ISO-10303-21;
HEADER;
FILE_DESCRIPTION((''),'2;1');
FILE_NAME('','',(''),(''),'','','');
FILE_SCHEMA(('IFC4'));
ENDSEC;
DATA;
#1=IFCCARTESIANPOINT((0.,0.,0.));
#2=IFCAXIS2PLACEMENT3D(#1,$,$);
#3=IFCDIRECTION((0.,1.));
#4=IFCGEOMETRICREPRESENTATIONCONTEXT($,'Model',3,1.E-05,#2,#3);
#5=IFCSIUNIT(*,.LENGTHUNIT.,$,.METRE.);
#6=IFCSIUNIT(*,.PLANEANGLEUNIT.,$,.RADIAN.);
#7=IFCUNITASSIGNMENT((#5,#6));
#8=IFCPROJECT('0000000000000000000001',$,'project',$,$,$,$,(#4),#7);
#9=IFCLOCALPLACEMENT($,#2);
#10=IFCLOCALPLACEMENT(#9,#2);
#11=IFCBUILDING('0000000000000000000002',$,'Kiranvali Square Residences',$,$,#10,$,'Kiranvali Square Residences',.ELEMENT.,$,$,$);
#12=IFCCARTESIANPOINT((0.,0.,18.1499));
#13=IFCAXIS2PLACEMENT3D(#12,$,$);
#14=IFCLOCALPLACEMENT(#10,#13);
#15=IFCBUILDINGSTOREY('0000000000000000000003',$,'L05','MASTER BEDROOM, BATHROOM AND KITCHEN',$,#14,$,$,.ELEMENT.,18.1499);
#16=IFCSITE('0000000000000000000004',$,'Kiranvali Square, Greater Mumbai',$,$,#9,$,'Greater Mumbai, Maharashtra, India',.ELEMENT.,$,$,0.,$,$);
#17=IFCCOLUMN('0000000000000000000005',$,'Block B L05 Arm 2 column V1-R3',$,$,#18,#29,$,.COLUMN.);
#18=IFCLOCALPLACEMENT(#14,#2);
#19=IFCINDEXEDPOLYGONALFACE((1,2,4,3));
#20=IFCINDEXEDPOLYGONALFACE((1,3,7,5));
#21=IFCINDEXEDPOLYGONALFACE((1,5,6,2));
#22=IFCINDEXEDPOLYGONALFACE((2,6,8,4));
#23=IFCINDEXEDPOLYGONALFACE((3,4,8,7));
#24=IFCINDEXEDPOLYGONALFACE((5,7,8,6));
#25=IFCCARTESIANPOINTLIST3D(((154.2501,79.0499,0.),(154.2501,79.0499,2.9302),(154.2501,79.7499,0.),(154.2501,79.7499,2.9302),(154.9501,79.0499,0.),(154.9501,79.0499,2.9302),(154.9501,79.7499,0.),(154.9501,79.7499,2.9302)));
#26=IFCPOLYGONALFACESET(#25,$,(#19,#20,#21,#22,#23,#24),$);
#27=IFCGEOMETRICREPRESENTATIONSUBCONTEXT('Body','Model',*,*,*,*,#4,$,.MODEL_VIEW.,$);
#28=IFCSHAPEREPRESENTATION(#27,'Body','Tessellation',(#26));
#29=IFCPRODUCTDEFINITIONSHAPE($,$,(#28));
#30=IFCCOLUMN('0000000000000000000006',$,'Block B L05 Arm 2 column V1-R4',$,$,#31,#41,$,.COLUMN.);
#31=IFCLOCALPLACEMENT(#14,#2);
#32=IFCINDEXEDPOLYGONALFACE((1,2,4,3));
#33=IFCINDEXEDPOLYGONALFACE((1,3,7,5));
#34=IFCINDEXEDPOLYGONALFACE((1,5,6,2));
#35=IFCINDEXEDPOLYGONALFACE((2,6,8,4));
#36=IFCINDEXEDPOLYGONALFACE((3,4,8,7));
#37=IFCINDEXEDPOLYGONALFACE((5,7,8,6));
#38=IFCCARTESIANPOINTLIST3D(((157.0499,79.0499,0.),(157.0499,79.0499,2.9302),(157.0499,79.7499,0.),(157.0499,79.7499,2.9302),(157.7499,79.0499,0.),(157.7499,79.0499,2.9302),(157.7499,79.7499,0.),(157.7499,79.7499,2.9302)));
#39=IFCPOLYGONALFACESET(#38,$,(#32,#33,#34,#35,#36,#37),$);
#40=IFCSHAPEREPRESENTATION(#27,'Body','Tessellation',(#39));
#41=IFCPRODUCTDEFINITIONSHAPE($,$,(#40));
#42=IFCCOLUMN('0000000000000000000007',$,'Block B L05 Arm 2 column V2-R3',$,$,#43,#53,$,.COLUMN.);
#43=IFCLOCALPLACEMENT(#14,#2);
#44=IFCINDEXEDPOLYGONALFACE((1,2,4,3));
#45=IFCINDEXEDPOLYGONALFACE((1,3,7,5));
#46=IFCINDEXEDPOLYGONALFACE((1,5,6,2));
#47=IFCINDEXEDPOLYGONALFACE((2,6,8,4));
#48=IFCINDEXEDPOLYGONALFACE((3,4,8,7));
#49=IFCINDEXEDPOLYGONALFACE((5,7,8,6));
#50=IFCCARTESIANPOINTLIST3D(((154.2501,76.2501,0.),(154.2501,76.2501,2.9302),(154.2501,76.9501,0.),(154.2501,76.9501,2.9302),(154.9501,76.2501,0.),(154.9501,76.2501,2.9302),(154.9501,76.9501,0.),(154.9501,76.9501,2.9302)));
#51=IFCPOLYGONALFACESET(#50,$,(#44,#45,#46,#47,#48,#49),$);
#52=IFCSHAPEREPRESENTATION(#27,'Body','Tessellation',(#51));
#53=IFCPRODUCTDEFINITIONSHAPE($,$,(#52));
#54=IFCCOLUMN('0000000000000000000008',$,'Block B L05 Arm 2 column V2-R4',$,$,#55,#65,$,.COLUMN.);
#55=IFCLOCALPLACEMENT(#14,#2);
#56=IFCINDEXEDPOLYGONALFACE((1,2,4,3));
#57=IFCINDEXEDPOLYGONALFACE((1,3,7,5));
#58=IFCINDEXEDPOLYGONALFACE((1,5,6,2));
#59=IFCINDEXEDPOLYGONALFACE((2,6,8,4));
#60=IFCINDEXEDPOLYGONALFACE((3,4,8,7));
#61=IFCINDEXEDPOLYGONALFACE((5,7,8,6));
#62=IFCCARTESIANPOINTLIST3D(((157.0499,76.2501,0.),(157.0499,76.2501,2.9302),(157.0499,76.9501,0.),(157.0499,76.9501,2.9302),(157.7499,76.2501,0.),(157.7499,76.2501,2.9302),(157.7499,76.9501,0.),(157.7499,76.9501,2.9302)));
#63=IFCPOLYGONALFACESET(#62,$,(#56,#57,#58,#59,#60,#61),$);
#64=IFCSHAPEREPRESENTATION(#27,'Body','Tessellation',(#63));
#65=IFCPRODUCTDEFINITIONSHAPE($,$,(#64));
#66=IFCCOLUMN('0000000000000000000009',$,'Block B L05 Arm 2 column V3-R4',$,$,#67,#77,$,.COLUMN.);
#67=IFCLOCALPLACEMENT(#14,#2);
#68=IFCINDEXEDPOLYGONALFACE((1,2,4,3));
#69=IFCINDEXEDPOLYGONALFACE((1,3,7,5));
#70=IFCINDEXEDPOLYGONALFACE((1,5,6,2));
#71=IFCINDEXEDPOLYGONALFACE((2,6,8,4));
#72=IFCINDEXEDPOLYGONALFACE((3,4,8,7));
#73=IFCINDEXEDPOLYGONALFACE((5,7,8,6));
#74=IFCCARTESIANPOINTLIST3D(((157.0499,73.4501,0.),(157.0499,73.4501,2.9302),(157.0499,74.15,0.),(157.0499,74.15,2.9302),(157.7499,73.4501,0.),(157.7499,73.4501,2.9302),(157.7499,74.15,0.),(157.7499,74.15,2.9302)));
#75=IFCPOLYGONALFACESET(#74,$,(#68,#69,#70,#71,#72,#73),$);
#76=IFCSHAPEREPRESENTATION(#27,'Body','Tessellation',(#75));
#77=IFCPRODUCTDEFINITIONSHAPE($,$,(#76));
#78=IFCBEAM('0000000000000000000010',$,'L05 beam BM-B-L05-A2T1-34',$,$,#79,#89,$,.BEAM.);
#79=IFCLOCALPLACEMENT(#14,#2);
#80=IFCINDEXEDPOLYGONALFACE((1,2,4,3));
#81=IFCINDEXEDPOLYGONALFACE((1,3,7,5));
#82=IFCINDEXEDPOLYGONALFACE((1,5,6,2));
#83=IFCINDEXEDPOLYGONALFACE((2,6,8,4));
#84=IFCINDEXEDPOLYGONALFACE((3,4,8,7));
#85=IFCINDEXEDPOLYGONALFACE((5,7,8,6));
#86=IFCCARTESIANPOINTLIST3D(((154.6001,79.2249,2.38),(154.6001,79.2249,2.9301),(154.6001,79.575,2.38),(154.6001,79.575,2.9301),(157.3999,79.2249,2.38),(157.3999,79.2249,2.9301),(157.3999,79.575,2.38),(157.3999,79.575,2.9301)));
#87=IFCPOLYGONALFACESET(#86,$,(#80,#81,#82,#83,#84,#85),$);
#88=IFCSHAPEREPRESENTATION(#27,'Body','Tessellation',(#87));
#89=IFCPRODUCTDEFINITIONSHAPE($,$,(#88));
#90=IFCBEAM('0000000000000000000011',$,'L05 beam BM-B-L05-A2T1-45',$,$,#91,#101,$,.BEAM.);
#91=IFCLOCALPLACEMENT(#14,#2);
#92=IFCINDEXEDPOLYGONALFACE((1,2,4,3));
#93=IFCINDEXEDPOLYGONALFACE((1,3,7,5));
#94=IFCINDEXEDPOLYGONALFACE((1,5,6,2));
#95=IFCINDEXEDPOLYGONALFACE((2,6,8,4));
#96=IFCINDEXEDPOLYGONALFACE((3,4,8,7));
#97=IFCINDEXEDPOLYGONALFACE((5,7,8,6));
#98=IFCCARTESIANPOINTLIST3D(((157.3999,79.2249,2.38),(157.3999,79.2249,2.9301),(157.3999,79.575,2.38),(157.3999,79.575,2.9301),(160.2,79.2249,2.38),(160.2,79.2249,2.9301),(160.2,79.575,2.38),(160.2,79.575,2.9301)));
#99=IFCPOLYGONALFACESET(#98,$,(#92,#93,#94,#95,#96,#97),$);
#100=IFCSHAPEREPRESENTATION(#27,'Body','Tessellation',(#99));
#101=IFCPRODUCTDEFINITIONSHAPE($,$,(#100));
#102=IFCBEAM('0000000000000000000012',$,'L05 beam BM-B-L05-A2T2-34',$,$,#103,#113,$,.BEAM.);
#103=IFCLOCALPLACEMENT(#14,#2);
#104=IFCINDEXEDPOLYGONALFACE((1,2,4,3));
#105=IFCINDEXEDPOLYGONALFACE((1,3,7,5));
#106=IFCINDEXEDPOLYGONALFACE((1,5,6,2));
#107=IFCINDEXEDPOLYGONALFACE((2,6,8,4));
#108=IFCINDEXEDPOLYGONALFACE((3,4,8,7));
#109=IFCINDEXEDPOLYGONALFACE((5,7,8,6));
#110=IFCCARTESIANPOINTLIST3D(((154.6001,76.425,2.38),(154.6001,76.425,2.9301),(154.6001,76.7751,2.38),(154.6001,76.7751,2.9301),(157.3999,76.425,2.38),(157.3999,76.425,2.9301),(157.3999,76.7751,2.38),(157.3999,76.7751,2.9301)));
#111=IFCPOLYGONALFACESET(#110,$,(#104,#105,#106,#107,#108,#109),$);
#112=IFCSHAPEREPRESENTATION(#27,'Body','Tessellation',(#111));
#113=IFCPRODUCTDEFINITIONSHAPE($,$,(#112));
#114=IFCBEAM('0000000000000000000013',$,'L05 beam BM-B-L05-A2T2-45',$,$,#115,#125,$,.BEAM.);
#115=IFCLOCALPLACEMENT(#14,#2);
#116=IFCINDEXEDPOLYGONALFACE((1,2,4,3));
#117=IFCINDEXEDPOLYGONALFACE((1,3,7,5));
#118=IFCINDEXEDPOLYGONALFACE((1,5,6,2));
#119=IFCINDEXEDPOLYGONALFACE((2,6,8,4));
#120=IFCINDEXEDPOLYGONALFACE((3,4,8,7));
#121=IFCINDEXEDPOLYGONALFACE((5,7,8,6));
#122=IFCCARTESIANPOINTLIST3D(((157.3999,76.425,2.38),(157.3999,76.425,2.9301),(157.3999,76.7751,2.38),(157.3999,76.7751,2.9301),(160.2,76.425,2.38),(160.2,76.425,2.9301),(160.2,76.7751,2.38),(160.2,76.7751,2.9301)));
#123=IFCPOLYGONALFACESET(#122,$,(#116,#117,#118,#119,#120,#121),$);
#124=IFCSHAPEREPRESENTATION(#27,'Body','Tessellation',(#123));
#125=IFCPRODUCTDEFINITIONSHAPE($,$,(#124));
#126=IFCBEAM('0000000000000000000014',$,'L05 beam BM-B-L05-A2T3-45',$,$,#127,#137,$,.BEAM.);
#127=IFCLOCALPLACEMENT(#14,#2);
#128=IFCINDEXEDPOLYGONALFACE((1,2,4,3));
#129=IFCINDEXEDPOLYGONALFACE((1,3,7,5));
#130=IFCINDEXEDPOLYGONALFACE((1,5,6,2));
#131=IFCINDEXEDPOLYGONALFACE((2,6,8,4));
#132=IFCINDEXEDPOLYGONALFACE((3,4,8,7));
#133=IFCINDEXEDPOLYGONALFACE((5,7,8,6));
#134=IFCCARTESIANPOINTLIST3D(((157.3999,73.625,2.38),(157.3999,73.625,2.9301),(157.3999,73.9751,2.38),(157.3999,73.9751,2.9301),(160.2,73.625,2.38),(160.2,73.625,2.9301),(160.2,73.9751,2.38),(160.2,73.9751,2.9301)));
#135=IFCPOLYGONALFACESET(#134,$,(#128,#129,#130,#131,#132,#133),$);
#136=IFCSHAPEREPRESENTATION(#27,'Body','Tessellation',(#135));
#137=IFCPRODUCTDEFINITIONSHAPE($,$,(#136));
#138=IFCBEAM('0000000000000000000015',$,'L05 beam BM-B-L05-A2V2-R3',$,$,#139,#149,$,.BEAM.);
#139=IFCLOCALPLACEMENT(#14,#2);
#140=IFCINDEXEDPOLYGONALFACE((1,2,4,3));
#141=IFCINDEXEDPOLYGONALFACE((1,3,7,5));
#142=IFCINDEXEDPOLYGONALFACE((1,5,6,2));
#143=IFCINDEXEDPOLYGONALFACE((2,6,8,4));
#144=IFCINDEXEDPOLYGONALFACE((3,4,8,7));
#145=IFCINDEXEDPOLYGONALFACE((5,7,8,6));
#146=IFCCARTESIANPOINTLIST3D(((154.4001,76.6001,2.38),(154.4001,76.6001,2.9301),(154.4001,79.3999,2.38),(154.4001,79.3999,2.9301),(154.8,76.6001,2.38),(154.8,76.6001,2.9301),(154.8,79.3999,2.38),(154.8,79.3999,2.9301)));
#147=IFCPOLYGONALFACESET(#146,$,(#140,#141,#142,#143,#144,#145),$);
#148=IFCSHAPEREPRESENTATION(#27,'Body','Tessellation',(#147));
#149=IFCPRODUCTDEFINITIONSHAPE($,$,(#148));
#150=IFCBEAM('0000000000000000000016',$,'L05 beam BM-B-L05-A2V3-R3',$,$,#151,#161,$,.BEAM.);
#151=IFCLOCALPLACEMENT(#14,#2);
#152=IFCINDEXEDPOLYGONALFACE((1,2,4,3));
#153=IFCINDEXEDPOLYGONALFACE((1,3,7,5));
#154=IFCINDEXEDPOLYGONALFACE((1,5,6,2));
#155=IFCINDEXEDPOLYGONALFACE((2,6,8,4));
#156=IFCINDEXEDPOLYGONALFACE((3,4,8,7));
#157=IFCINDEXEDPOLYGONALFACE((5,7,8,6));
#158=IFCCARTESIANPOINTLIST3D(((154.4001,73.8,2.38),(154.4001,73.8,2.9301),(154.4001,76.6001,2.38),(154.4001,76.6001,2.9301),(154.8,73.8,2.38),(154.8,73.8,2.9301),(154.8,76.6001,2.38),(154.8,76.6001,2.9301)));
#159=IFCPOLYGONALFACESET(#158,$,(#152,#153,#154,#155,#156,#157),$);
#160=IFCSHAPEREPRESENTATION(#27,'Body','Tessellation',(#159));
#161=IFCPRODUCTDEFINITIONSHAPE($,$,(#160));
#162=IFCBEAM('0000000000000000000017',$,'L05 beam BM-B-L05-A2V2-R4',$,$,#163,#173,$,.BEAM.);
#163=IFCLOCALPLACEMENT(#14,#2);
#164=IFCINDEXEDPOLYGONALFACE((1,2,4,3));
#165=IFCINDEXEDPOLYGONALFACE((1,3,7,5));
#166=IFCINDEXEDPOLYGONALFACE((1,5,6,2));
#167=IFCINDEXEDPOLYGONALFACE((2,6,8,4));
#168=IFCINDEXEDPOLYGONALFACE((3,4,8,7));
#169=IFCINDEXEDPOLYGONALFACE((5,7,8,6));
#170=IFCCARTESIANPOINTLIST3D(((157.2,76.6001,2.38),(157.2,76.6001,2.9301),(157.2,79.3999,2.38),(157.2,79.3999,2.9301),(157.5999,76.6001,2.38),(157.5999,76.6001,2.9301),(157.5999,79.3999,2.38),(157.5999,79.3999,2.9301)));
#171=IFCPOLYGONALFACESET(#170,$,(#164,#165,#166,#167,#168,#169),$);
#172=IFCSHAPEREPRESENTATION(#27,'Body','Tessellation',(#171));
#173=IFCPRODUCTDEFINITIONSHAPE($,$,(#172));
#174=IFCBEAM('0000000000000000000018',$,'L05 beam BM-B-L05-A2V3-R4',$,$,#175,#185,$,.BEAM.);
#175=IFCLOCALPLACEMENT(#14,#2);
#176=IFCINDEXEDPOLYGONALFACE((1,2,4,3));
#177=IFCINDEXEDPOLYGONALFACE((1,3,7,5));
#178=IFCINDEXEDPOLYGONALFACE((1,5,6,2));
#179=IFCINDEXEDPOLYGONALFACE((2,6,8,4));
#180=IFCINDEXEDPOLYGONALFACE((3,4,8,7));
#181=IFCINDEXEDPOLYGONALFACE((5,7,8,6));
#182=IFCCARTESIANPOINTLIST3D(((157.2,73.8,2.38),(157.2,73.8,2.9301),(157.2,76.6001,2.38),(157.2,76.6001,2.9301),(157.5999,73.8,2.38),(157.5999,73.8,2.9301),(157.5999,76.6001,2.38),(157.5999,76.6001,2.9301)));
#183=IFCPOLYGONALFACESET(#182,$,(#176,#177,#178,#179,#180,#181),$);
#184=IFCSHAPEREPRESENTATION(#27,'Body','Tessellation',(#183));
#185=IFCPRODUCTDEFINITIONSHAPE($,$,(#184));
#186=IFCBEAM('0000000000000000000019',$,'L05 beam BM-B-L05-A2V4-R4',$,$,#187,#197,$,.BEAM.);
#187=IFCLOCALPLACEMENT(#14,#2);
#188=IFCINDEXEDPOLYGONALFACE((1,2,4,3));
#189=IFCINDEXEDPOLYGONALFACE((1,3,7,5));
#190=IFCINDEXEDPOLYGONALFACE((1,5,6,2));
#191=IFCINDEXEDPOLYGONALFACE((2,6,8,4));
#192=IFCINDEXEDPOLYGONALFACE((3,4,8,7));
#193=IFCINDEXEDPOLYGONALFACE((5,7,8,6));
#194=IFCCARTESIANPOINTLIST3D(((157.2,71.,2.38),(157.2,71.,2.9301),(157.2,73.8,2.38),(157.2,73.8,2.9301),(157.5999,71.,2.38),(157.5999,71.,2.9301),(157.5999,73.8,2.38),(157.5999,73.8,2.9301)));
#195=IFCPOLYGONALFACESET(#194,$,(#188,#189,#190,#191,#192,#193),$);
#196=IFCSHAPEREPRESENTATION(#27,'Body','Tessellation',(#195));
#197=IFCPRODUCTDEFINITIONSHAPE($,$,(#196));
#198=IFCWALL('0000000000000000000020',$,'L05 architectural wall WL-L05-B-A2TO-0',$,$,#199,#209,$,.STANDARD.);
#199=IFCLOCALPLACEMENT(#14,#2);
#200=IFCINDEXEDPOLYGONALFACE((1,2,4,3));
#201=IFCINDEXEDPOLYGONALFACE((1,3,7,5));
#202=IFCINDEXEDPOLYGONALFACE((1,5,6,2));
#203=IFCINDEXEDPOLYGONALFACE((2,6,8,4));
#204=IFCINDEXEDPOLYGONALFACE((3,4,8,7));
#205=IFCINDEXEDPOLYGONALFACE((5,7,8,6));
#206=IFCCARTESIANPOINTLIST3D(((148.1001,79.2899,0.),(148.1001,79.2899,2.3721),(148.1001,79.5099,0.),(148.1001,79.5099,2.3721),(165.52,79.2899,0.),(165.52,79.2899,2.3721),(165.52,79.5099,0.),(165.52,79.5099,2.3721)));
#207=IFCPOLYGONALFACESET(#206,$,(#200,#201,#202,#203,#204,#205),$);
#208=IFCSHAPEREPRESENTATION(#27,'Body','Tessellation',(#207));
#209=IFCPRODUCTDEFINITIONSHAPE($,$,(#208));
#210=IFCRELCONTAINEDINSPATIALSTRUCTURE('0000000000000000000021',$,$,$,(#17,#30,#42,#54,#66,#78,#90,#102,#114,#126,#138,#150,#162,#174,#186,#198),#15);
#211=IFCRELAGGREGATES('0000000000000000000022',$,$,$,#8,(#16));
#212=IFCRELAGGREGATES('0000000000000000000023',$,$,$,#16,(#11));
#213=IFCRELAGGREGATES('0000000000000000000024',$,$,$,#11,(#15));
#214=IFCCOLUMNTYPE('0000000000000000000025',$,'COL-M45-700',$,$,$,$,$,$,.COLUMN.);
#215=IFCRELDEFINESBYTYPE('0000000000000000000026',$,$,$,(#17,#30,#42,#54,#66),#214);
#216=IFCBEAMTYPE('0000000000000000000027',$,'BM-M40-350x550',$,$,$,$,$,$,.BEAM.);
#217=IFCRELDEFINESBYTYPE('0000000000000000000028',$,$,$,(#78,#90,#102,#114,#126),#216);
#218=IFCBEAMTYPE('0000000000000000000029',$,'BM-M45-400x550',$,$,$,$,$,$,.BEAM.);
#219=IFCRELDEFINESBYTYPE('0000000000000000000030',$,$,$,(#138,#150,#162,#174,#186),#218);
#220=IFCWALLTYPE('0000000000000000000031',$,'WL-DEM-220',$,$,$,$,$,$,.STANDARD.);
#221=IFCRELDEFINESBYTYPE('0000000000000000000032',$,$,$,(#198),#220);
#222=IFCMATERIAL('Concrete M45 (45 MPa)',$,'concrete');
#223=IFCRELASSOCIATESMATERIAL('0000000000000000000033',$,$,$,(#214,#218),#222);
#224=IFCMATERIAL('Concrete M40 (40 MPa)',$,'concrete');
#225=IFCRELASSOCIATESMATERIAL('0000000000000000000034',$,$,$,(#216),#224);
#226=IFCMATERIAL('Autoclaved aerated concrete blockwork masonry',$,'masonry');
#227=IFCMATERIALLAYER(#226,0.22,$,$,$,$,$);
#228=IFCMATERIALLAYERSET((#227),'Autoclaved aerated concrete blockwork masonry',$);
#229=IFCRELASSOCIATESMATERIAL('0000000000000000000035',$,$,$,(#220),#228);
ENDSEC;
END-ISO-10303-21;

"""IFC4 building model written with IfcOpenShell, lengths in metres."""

from ifc_helpers import new_model, si_unit, direction, frame, frame_2d, origin, origin_2d, place, context, subcontext, project, spatial, rectangle, extrude, material, layer, layer_set, material_profile, profile_set, type_object, element, save


model = new_model("IFC4")

# Units and contexts
model_context = context("Model", 3, precision=1e-05, world=origin(), true_north=direction((0.0, 1.0)))
body_context = subcontext(model_context, "Body", "Model", "MODEL_VIEW")
ifc_project = project(units=[si_unit("LENGTHUNIT", "METRE"), si_unit("PLANEANGLEUNIT", "RADIAN")], contexts=[model_context])

# Site, building, storey
site_placement = place(None, origin())
site = spatial("IfcSite", under=ifc_project, at=site_placement, Name="Kiranvali Square, Greater Mumbai", LongName="Greater Mumbai, Maharashtra, India", CompositionType="ELEMENT", RefElevation=0.0)
building_placement = place(site_placement, origin())
building = spatial("IfcBuilding", under=site, at=building_placement, Name="Kiranvali Square Residences", LongName="Kiranvali Square Residences", CompositionType="ELEMENT")
storey_placement = place(building_placement, frame((0.0, 0.0, 18.1499)))
storey = spatial("IfcBuildingStorey", under=building, at=storey_placement, Name="L05", Description="MASTER BEDROOM, BATHROOM AND KITCHEN", CompositionType="ELEMENT", Elevation=18.1499)

# Columns
ifc_material_1 = material(Name="Concrete M45 (45 MPa)", Category="concrete")
ifc_material_profile_1 = material_profile(ifc_material_1, rectangle(XDim=0.7, YDim=0.7, at=origin_2d()), Name="RC 700x700")
ifc_profile_set_1 = profile_set([ifc_material_profile_1], Name="Concrete M45 (45 MPa)")
column_type = type_object("IfcColumnType", Name="COL-M45-700", PredefinedType="COLUMN", material=ifc_profile_set_1)
for number, where, z_axis, x_axis, name in (
    (1, (154.6001, 79.3999, 0.0), (0.0, 0.0, 1.0), (1.0, 0.0, 0.0), "Block B L05 Arm 2 column V1-R3"),
    (2, (157.3999, 79.3999, 0.0), (0.0, 0.0, 1.0), (1.0, 0.0, 0.0), "Block B L05 Arm 2 column V1-R4"),
    (3, (154.6001, 76.6001, 0.0), (0.0, 0.0, 1.0), (1.0, 0.0, 0.0), "Block B L05 Arm 2 column V2-R3"),
    (4, (157.3999, 76.6001, 0.0), (0.0, 0.0, 1.0), (1.0, 0.0, 0.0), "Block B L05 Arm 2 column V2-R4"),
    (5, (157.3999, 73.8, 0.0), (0.0, 0.0, 1.0), (1.0, 0.0, 0.0), "Block B L05 Arm 2 column V3-R4"),
):
    element("IfcColumn", number, at=place(storey_placement, frame(where, z_axis=z_axis, x_axis=x_axis)), inside=storey, type_object=column_type, Name=name, PredefinedType="COLUMN", context=body_context, shape_type="SweptSolid", body=[
        extrude(rectangle(XDim=0.7, YDim=0.7, at=origin_2d()), origin(), (0.0, 0.0, 1.0), 2.9302),
    ])

# Beams
ifc_material_2 = material(Name="Concrete M40 (40 MPa)", Category="concrete")
ifc_material_profile_2 = material_profile(ifc_material_2, rectangle(XDim=0.3501, YDim=0.55, at=origin_2d()), Name="RC 350x550")
ifc_profile_set_2 = profile_set([ifc_material_profile_2], Name="Concrete M40 (40 MPa)")
beam_type_1 = type_object("IfcBeamType", Name="BM-M40-350x550", PredefinedType="BEAM", material=ifc_profile_set_2)
beam_1_placement = place(storey_placement, frame((154.6001, 79.3999, 2.655), z_axis=(1.0, 0.0, 0.0), x_axis=(0.0, 1.0, 0.0)))
element("IfcBeam", 6, at=beam_1_placement, inside=storey, type_object=beam_type_1, Name="L05 beam BM-B-L05-A2T1-34", PredefinedType="BEAM", context=body_context, shape_type="SweptSolid", body=[
    extrude(rectangle(XDim=0.3501, YDim=0.55, at=origin_2d()), origin(), (0.0, 0.0, 1.0), 2.7998),
])
beam_2_placement = place(storey_placement, frame((157.3999, 79.3999, 2.655), z_axis=(1.0, 0.0, 0.0), x_axis=(0.0, 1.0, 0.0)))
element("IfcBeam", 7, at=beam_2_placement, inside=storey, type_object=beam_type_1, Name="L05 beam BM-B-L05-A2T1-45", PredefinedType="BEAM", context=body_context, shape_type="SweptSolid", body=[
    extrude(rectangle(XDim=0.3501, YDim=0.55, at=origin_2d()), origin(), (0.0, 0.0, 1.0), 2.8),
])
beam_3_placement = place(storey_placement, frame((154.6001, 76.6001, 2.655), z_axis=(1.0, 0.0, 0.0), x_axis=(0.0, 1.0, 0.0)))
element("IfcBeam", 8, at=beam_3_placement, inside=storey, type_object=beam_type_1, Name="L05 beam BM-B-L05-A2T2-34", PredefinedType="BEAM", context=body_context, shape_type="SweptSolid", body=[
    extrude(rectangle(XDim=0.3501, YDim=0.55, at=origin_2d()), origin(), (0.0, 0.0, 1.0), 2.7998),
])
for number, where, z_axis, x_axis, name in (
    (9, (157.3999, 76.6001, 2.655), (1.0, 0.0, 0.0), (0.0, 1.0, 0.0), "L05 beam BM-B-L05-A2T2-45"),
    (10, (157.3999, 73.8, 2.655), (1.0, 0.0, 0.0), (0.0, 1.0, 0.0), "L05 beam BM-B-L05-A2T3-45"),
):
    element("IfcBeam", number, at=place(storey_placement, frame(where, z_axis=z_axis, x_axis=x_axis)), inside=storey, type_object=beam_type_1, Name=name, PredefinedType="BEAM", context=body_context, shape_type="SweptSolid", body=[
        extrude(rectangle(XDim=0.3501, YDim=0.55, at=origin_2d()), origin(), (0.0, 0.0, 1.0), 2.8),
    ])
ifc_material_profile_3 = material_profile(ifc_material_1, rectangle(XDim=0.3999, YDim=0.55, at=origin_2d()), Name="RC 400x550")
ifc_profile_set_3 = profile_set([ifc_material_profile_3], Name="Concrete M45 (45 MPa)")
beam_type_2 = type_object("IfcBeamType", Name="BM-M45-400x550", PredefinedType="BEAM", material=ifc_profile_set_3)
beam_4_placement = place(storey_placement, frame((154.6001, 79.3999, 2.655), z_axis=(0.0, -1.0, 0.0), x_axis=(1.0, 0.0, 0.0)))
element("IfcBeam", 11, at=beam_4_placement, inside=storey, type_object=beam_type_2, Name="L05 beam BM-B-L05-A2V2-R3", PredefinedType="BEAM", context=body_context, shape_type="SweptSolid", body=[
    extrude(rectangle(XDim=0.3999, YDim=0.55, at=origin_2d()), origin(), (0.0, 0.0, 1.0), 2.7998),
])
beam_5_placement = place(storey_placement, frame((154.6001, 76.6001, 2.655), z_axis=(0.0, -1.0, 0.0), x_axis=(1.0, 0.0, 0.0)))
element("IfcBeam", 12, at=beam_5_placement, inside=storey, type_object=beam_type_2, Name="L05 beam BM-B-L05-A2V3-R3", PredefinedType="BEAM", context=body_context, shape_type="SweptSolid", body=[
    extrude(rectangle(XDim=0.3999, YDim=0.55, at=origin_2d()), origin(), (0.0, 0.0, 1.0), 2.8),
])
beam_6_placement = place(storey_placement, frame((157.3999, 79.3999, 2.655), z_axis=(0.0, -1.0, 0.0), x_axis=(1.0, 0.0, 0.0)))
element("IfcBeam", 13, at=beam_6_placement, inside=storey, type_object=beam_type_2, Name="L05 beam BM-B-L05-A2V2-R4", PredefinedType="BEAM", context=body_context, shape_type="SweptSolid", body=[
    extrude(rectangle(XDim=0.3999, YDim=0.55, at=origin_2d()), origin(), (0.0, 0.0, 1.0), 2.7998),
])
for number, where, z_axis, x_axis, name in (
    (14, (157.3999, 76.6001, 2.655), (0.0, -1.0, 0.0), (1.0, 0.0, 0.0), "L05 beam BM-B-L05-A2V3-R4"),
    (15, (157.3999, 73.8, 2.655), (0.0, -1.0, 0.0), (1.0, 0.0, 0.0), "L05 beam BM-B-L05-A2V4-R4"),
):
    element("IfcBeam", number, at=place(storey_placement, frame(where, z_axis=z_axis, x_axis=x_axis)), inside=storey, type_object=beam_type_2, Name=name, PredefinedType="BEAM", context=body_context, shape_type="SweptSolid", body=[
        extrude(rectangle(XDim=0.3999, YDim=0.55, at=origin_2d()), origin(), (0.0, 0.0, 1.0), 2.8),
    ])

# Wall
ifc_material_3 = material(Name="Autoclaved aerated concrete blockwork masonry", Category="masonry")
ifc_layer_1 = layer(ifc_material_3, 0.22)
ifc_layer_set_1 = layer_set([ifc_layer_1], Name="Autoclaved aerated concrete blockwork masonry")
wall_type_1 = type_object("IfcWallType", Name="WL-DEM-220", PredefinedType="STANDARD", material=ifc_layer_set_1)
wall_1_placement = place(storey_placement, frame((148.1001, 79.3999, 0.0), z_axis=(0.0, 0.0, 1.0), x_axis=(1.0, 0.0, 0.0)))
element("IfcWall", 16, at=wall_1_placement, inside=storey, type_object=wall_type_1, Name="L05 architectural wall WL-L05-B-A2TO-0", PredefinedType="STANDARD", context=body_context, shape_type="SweptSolid", body=[
    extrude(rectangle(XDim=17.4199, YDim=0.22, at=frame_2d((8.71, 0.0))), origin(), (0.0, 0.0, 1.0), 2.3721),
])

save(model, "model.ifc")
